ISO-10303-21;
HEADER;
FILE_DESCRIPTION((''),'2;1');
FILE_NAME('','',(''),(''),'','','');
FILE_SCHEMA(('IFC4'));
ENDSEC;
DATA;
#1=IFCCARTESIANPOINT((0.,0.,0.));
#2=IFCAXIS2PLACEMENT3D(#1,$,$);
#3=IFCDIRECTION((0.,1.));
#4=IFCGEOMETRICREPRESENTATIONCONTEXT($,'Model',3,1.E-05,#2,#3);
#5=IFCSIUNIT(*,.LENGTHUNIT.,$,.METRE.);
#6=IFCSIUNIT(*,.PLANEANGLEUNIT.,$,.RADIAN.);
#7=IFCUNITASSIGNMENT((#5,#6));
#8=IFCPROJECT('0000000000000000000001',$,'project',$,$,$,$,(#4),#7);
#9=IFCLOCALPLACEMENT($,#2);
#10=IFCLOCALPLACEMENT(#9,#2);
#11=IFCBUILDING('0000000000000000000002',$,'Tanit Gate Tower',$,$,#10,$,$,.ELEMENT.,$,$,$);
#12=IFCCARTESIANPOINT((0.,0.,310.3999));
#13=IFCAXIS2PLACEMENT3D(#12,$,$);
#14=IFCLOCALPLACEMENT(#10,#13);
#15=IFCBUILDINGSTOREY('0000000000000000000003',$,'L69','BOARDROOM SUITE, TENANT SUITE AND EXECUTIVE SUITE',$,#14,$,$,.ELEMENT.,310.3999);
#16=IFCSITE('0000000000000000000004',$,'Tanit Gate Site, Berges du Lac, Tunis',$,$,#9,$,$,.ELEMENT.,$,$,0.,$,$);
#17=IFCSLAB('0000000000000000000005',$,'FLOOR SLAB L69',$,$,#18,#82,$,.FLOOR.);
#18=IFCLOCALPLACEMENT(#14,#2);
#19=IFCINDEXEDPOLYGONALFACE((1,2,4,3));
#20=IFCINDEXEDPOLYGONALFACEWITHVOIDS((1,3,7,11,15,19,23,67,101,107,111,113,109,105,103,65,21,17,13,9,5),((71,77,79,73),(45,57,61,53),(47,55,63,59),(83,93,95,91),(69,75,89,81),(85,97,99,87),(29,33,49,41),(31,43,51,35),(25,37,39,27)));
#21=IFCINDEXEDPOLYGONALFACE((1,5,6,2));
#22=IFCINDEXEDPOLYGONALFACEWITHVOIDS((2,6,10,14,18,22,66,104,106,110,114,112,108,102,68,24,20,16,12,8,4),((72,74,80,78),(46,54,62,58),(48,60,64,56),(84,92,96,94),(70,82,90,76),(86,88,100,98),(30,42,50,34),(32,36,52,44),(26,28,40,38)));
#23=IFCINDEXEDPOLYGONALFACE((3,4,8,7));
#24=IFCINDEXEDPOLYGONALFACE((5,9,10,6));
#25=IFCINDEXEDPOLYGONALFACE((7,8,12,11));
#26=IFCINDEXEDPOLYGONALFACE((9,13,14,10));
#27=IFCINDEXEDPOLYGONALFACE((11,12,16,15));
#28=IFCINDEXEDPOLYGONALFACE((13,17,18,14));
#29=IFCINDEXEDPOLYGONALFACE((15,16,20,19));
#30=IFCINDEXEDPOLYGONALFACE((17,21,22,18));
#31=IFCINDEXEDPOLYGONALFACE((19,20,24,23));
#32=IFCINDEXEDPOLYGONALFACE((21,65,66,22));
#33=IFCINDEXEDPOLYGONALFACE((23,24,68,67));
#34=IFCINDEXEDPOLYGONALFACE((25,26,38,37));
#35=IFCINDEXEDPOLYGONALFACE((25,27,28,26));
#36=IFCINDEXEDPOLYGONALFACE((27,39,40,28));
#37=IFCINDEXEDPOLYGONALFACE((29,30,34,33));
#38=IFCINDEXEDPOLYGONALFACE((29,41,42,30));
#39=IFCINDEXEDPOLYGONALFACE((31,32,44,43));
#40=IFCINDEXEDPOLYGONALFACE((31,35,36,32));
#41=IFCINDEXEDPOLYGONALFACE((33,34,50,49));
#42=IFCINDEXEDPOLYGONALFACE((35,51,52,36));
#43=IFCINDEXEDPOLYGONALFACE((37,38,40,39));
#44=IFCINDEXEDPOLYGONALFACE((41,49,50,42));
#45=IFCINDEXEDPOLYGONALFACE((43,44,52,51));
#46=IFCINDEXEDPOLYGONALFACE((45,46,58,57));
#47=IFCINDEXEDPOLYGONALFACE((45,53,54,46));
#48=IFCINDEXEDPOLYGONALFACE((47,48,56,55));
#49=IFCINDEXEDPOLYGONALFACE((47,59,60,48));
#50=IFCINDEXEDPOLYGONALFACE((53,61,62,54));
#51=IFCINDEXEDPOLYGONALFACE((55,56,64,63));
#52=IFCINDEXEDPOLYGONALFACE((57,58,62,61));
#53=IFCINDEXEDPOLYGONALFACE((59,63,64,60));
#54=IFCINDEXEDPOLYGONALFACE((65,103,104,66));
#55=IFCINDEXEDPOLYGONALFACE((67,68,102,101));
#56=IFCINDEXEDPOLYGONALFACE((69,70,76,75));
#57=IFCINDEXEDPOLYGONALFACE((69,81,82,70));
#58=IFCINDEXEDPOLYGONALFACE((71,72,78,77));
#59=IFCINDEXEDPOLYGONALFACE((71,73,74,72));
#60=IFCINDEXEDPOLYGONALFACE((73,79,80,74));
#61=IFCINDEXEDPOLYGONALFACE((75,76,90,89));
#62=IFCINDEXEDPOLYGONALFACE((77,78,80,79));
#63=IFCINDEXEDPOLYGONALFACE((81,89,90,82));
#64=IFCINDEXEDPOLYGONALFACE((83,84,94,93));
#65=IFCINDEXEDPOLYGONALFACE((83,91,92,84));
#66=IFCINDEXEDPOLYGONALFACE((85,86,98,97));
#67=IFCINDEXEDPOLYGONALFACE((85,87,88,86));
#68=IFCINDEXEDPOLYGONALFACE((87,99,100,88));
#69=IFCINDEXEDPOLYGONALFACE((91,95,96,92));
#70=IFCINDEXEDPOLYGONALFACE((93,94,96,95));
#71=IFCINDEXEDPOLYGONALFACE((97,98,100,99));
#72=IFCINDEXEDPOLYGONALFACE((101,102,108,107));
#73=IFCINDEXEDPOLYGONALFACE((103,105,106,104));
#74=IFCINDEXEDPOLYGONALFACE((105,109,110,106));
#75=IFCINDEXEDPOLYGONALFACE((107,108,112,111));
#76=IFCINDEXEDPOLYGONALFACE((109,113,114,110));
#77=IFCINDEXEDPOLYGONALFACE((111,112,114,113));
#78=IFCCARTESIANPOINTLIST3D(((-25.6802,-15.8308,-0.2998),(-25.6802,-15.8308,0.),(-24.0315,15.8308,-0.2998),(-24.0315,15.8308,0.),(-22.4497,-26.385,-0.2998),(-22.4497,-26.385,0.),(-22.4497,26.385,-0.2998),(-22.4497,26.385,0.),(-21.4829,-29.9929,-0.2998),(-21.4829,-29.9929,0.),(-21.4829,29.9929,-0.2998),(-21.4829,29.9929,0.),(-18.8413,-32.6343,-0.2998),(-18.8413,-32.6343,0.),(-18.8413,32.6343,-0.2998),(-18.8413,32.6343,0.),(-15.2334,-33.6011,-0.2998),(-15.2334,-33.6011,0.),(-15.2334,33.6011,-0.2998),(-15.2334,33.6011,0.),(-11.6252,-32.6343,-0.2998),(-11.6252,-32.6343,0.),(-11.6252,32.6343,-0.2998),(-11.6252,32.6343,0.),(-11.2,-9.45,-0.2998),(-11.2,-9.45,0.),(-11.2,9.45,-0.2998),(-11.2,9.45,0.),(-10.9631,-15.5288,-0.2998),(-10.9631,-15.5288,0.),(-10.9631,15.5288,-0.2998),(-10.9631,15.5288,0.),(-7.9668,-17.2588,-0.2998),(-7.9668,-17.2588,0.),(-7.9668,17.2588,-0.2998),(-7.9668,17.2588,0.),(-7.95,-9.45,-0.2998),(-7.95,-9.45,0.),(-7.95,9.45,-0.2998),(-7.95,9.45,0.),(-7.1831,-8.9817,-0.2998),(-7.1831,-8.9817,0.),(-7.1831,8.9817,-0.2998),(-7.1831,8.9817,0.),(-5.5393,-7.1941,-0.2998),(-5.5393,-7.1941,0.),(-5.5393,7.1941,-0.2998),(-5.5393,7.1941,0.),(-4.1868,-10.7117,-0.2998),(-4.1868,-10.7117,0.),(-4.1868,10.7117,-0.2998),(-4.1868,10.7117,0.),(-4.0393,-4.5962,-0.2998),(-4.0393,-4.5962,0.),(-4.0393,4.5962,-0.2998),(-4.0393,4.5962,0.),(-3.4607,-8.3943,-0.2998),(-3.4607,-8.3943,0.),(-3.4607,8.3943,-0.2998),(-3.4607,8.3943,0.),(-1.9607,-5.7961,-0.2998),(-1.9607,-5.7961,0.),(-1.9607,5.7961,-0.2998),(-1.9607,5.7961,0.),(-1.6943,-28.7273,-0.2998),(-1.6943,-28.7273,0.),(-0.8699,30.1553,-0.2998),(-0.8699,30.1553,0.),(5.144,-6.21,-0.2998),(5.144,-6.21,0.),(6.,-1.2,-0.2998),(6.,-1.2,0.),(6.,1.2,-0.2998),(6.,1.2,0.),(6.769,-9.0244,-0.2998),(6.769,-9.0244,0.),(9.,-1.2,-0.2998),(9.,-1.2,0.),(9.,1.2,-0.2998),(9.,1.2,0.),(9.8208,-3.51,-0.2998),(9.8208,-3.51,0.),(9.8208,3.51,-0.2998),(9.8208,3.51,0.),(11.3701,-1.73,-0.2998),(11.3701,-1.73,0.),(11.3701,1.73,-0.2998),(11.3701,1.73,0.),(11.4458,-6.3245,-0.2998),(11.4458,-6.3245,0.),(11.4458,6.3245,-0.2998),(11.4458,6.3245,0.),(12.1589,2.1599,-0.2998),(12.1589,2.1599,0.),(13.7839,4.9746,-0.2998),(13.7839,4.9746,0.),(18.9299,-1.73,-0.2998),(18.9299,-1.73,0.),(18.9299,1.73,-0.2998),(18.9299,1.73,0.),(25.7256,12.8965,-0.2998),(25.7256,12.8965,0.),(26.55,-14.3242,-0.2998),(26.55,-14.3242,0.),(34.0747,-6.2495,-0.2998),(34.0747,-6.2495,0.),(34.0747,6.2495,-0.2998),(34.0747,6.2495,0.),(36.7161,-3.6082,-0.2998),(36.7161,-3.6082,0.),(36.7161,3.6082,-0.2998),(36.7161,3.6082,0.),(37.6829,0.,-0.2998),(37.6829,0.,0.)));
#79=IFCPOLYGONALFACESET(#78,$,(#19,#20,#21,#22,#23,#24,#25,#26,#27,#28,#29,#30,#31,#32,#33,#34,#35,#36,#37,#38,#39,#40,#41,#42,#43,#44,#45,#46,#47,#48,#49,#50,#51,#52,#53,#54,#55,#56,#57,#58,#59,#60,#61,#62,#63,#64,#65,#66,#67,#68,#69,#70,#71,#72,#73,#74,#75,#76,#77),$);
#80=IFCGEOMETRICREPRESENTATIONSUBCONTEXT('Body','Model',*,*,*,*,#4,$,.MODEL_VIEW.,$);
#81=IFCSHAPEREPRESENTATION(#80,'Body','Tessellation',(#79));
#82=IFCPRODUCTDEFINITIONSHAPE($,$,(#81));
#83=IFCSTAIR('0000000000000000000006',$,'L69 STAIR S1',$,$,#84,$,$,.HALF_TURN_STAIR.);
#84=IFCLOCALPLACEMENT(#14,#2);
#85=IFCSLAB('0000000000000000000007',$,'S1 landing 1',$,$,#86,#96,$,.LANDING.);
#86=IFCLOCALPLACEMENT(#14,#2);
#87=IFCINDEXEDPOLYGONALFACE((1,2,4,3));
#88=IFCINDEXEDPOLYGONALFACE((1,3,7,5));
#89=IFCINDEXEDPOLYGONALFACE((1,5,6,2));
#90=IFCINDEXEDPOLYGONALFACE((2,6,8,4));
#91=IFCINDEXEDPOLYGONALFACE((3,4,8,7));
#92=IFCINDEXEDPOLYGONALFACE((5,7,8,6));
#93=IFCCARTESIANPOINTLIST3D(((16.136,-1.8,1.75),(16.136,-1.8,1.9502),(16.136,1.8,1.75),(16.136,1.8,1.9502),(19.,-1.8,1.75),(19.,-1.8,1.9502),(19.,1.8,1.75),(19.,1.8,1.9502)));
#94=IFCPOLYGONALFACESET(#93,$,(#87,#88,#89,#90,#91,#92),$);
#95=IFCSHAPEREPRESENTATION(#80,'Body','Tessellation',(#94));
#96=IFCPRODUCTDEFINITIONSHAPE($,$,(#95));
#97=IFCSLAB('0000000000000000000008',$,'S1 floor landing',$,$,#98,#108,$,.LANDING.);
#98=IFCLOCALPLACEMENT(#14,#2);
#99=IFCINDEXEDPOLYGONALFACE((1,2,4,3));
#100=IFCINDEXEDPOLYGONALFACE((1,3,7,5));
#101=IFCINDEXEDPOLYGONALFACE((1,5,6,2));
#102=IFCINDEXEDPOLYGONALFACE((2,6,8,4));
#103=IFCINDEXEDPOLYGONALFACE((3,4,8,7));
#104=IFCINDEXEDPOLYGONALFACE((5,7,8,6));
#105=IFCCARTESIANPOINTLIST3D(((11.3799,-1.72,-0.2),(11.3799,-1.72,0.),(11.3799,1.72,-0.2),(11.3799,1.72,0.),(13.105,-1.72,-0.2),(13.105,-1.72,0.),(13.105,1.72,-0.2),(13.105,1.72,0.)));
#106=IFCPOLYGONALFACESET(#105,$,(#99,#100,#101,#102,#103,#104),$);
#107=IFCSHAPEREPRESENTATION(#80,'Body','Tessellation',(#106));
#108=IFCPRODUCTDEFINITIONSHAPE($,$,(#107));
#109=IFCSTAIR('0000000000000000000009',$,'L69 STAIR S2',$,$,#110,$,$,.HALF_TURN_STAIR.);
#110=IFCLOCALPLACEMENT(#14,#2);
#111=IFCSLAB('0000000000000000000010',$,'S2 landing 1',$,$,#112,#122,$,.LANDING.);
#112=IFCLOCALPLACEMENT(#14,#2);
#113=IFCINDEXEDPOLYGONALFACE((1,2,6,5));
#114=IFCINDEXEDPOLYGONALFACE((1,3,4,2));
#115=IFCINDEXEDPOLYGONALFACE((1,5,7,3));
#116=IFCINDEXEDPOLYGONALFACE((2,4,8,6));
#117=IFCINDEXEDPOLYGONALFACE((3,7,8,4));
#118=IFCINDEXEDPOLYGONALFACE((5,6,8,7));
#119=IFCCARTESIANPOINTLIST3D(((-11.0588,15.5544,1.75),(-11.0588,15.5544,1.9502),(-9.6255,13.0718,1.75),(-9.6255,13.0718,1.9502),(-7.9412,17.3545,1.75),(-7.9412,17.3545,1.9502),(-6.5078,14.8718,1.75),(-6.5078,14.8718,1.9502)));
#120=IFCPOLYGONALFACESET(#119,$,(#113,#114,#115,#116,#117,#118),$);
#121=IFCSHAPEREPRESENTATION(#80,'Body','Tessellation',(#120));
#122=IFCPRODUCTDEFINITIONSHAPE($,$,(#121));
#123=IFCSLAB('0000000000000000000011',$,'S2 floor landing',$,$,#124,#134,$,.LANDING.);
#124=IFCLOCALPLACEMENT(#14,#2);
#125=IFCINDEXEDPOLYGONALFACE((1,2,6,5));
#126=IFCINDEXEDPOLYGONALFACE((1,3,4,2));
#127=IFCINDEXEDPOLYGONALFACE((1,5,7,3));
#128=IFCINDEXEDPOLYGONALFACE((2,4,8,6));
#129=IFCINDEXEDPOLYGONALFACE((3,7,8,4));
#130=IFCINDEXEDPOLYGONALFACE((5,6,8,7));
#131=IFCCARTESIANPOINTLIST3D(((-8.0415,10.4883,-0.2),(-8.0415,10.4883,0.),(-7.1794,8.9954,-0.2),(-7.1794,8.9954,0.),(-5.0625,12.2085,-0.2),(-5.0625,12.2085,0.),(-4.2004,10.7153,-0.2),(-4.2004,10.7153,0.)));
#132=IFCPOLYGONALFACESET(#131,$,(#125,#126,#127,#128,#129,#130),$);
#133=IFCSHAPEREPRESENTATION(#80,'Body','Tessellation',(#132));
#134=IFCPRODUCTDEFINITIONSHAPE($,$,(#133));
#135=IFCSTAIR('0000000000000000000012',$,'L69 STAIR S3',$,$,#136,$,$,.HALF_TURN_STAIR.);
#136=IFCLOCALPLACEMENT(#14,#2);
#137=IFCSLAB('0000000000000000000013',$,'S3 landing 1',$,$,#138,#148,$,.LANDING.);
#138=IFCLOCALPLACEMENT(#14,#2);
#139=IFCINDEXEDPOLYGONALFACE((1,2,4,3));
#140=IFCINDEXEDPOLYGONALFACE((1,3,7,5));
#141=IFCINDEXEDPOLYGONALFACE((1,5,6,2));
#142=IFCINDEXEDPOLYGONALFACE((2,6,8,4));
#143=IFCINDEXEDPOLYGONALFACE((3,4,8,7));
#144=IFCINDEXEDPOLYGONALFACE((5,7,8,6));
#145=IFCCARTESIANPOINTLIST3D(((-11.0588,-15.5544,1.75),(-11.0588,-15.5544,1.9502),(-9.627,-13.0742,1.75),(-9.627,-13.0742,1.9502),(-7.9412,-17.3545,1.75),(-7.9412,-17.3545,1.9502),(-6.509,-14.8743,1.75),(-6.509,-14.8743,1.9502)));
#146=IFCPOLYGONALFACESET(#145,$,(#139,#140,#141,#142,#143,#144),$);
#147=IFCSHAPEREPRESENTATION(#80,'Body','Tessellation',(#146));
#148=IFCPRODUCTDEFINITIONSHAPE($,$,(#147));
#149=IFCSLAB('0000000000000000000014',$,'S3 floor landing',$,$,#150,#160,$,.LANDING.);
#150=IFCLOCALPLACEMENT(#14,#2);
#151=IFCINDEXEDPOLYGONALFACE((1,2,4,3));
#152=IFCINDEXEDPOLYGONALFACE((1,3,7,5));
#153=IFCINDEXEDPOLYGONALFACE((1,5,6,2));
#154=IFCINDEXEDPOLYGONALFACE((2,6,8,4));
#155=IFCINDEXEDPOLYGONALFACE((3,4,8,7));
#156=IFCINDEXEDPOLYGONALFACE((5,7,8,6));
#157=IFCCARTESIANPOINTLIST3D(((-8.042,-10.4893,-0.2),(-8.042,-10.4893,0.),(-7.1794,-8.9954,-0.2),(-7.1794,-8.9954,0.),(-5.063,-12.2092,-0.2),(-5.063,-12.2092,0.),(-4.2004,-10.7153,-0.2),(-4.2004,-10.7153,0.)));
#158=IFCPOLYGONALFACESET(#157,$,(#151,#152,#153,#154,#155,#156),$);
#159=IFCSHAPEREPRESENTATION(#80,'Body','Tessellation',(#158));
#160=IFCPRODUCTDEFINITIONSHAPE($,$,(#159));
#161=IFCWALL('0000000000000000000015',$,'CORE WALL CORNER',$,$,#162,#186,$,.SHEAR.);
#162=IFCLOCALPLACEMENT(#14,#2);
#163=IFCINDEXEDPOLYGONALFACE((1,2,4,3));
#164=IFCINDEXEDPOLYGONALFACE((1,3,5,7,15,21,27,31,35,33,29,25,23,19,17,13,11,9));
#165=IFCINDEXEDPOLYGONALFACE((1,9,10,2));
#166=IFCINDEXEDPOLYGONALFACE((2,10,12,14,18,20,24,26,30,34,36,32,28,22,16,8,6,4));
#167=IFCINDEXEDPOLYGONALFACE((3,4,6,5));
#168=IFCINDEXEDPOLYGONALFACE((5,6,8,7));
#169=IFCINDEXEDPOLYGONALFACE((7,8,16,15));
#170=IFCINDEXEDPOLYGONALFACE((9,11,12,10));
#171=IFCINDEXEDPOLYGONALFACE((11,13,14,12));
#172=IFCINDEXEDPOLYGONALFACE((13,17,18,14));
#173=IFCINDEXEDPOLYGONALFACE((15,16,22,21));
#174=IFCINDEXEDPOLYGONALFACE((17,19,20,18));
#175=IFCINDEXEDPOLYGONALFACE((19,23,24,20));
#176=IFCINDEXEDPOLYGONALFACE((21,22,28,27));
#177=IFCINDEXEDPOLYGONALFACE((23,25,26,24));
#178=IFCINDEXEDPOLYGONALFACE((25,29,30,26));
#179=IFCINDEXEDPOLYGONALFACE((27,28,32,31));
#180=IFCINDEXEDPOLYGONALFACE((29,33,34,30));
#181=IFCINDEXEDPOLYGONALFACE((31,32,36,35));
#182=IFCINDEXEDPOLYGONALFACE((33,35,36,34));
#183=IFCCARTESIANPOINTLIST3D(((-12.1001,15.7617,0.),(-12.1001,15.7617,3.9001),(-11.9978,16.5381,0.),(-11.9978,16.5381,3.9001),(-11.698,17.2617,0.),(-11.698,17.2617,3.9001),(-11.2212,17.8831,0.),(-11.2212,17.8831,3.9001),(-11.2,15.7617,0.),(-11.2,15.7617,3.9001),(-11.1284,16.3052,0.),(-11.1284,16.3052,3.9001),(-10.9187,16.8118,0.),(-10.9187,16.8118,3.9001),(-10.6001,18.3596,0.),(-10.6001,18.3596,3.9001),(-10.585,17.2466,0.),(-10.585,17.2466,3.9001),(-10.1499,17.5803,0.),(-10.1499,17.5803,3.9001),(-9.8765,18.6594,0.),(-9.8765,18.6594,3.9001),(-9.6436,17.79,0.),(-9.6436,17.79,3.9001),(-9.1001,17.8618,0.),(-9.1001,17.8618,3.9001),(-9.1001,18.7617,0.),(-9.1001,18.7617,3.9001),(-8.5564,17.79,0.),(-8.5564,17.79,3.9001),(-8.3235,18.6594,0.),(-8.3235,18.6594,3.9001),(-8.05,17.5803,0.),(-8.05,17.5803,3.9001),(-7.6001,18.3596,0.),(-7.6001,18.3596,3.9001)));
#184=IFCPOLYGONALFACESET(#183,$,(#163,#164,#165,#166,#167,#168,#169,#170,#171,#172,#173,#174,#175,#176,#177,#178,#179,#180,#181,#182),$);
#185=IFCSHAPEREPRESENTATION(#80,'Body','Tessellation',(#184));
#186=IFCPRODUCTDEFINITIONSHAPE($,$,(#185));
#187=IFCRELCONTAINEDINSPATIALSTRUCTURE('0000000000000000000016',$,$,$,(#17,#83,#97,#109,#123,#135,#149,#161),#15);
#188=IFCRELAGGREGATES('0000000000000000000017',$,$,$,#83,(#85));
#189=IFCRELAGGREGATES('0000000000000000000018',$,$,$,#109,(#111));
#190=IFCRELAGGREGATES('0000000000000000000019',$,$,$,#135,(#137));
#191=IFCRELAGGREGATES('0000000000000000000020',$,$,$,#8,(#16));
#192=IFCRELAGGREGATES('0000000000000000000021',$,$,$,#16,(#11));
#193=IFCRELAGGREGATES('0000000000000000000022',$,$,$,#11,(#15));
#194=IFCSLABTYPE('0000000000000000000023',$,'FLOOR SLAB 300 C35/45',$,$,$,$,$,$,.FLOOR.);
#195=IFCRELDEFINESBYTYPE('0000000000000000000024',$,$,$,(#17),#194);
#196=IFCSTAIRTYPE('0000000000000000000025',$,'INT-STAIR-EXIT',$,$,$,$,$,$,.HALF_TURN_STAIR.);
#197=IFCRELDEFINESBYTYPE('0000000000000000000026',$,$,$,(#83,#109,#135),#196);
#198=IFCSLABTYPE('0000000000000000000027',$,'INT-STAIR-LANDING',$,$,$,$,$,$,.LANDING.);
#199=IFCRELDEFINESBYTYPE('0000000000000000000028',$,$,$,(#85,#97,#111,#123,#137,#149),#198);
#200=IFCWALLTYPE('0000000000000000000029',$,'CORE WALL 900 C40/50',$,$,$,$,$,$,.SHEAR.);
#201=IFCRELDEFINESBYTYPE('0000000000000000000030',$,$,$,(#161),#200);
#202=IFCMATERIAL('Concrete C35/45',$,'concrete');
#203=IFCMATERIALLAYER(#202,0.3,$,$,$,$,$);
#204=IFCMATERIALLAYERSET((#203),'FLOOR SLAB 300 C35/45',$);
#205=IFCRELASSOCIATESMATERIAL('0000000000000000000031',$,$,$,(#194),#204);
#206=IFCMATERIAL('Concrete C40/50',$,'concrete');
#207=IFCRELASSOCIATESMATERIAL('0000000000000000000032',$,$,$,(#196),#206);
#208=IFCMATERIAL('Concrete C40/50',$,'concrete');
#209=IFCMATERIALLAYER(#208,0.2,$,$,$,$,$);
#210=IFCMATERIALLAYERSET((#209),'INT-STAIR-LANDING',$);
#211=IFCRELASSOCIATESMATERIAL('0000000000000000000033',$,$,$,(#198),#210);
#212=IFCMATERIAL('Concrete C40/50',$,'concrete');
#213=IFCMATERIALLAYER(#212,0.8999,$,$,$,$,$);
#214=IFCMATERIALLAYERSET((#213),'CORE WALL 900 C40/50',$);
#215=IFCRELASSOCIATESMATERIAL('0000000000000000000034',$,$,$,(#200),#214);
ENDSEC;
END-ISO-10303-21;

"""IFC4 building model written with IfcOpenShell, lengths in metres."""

from ifc_helpers import new_model, si_unit, direction, frame, origin, place, context, subcontext, project, spatial, polyline, outline, extrude, material, layer, layer_set, type_object, element, aggregate, save


model = new_model("IFC4")

# Units and contexts
model_context = context("Model", 3, precision=1e-05, world=origin(), true_north=direction((0.0, 1.0)))
body_context = subcontext(model_context, "Body", "Model", "MODEL_VIEW")
ifc_project = project(units=[si_unit("LENGTHUNIT", "METRE"), si_unit("PLANEANGLEUNIT", "RADIAN")], contexts=[model_context])

# Site, building, storey
site_placement = place(None, origin())
site = spatial("IfcSite", under=ifc_project, at=site_placement, Name="Tanit Gate Site, Berges du Lac, Tunis", CompositionType="ELEMENT", RefElevation=0.0)
building_placement = place(site_placement, origin())
building = spatial("IfcBuilding", under=site, at=building_placement, Name="Tanit Gate Tower", CompositionType="ELEMENT")
storey_placement = place(building_placement, frame((0.0, 0.0, 310.3999)))
storey = spatial("IfcBuildingStorey", under=building, at=storey_placement, Name="L69", Description="BOARDROOM SUITE, TENANT SUITE AND EXECUTIVE SUITE", CompositionType="ELEMENT", Elevation=310.3999)

# Slab
ifc_material_1 = material(Name="Concrete C35/45", Category="concrete")
ifc_layer_1 = layer(ifc_material_1, 0.3)
ifc_layer_set_1 = layer_set([ifc_layer_1], Name="FLOOR SLAB 300 C35/45")
slab_type_1 = type_object("IfcSlabType", Name="FLOOR SLAB 300 C35/45", PredefinedType="FLOOR", material=ifc_layer_set_1)
slab_1_placement = place(storey_placement, frame((0.0, 0.0, -0.2998)))
element("IfcSlab", 1, at=slab_1_placement, inside=storey, type_object=slab_type_1, Name="FLOOR SLAB L69", PredefinedType="FLOOR", context=body_context, shape_type="SweptSolid", body=[
    extrude(outline(polyline([(34.0747, 6.2495), (36.7161, 3.6082), (37.6829, 0.0), (36.7161, -3.6082), (34.0747, -6.2495), (26.55, -14.3242), (-1.6943, -28.7273), (-11.6252, -32.6343), (-15.2334, -33.6011), (-18.8413, -32.6343), (-21.4829, -29.9929), (-22.4497, -26.385), (-25.6802, -15.8308), (-24.0315, 15.8308), (-22.4497, 26.385), (-21.4829, 29.9929), (-18.8413, 32.6343), (-15.2334, 33.6011), (-11.6252, 32.6343), (-0.8699, 30.1553), (25.7256, 12.8965), (34.0747, 6.2495)]), holes=[polyline([(11.3701, 1.73), (18.9299, 1.73), (18.9299, -1.73), (11.3701, -1.73), (11.3701, 1.73)]), polyline([(12.1589, 2.1599), (9.8208, 3.51), (11.4458, 6.3245), (13.7839, 4.9746), (12.1589, 2.1599)]), polyline([(11.4458, -6.3245), (6.769, -9.0244), (5.144, -6.21), (9.8208, -3.51), (11.4458, -6.3245)]), polyline([(6.0, 1.2), (9.0, 1.2), (9.0, -1.2), (6.0, -1.2), (6.0, 1.2)]), polyline([(-4.0393, 4.5962), (-5.5393, 7.1941), (-3.4607, 8.3943), (-1.9607, 5.7961), (-4.0393, 4.5962)]), polyline([(-1.9607, -5.7961), (-3.4607, -8.3943), (-5.5393, -7.1941), (-4.0393, -4.5962), (-1.9607, -5.7961)]), polyline([(-7.1831, 8.9817), (-10.9631, 15.5288), (-7.9668, 17.2588), (-4.1868, 10.7117), (-7.1831, 8.9817)]), polyline([(-4.1868, -10.7117), (-7.9668, -17.2588), (-10.9631, -15.5288), (-7.1831, -8.9817), (-4.1868, -10.7117)]), polyline([(-11.2, -9.45), (-11.2, 9.45), (-7.95, 9.45), (-7.95, -9.45), (-11.2, -9.45)])]), origin(), (0.0, 0.0, 1.0), 0.2998),
])

# Stair, slab
ifc_material_2 = material(Name="Concrete C40/50", Category="concrete")
stair_type = type_object("IfcStairType", Name="INT-STAIR-EXIT", PredefinedType="HALF_TURN_STAIR", material=ifc_material_2)
stair_1_placement = place(storey_placement, origin())
stair_1 = element("IfcStair", 2, at=stair_1_placement, inside=storey, type_object=stair_type, Name="L69 STAIR S1", PredefinedType="HALF_TURN_STAIR")
ifc_material_3 = material(Name="Concrete C40/50", Category="concrete")
ifc_layer_2 = layer(ifc_material_3, 0.2)
ifc_layer_set_2 = layer_set([ifc_layer_2], Name="INT-STAIR-LANDING")
slab_type_2 = type_object("IfcSlabType", Name="INT-STAIR-LANDING", PredefinedType="LANDING", material=ifc_layer_set_2)
slab_2_placement = place(storey_placement, frame((0.0, 0.0, 1.75)))
slab_2 = element("IfcSlab", 3, at=slab_2_placement, type_object=slab_type_2, Name="S1 landing 1", PredefinedType="LANDING", context=body_context, shape_type="SweptSolid", body=[
    extrude(outline(polyline([(16.136, -1.8), (19.0, -1.8), (19.0, 1.8), (16.136, 1.8), (16.136, -1.8)])), origin(), (0.0, 0.0, 1.0), 0.2002),
])
aggregate(stair_1, [slab_2])

# Slab
slab_3_placement = place(storey_placement, frame((0.0, 0.0, -0.2)))
element("IfcSlab", 4, at=slab_3_placement, inside=storey, type_object=slab_type_2, Name="S1 floor landing", PredefinedType="LANDING", context=body_context, shape_type="SweptSolid", body=[
    extrude(outline(polyline([(11.3799, -1.72), (13.105, -1.72), (13.105, 1.72), (11.3799, 1.72), (11.3799, -1.72)])), origin(), (0.0, 0.0, 1.0), 0.2),
])

# Stair, slab
stair_2_placement = place(storey_placement, origin())
stair_2 = element("IfcStair", 5, at=stair_2_placement, inside=storey, type_object=stair_type, Name="L69 STAIR S2", PredefinedType="HALF_TURN_STAIR")
slab_4_placement = place(storey_placement, frame((0.0, 0.0, 1.75)))
slab_4 = element("IfcSlab", 6, at=slab_4_placement, type_object=slab_type_2, Name="S2 landing 1", PredefinedType="LANDING", context=body_context, shape_type="SweptSolid", body=[
    extrude(outline(polyline([(-6.5078, 14.8718), (-7.9412, 17.3545), (-11.0588, 15.5544), (-9.6255, 13.0718), (-6.5078, 14.8718)])), origin(), (0.0, 0.0, 1.0), 0.2002),
])
aggregate(stair_2, [slab_4])

# Slab
slab_5_placement = place(storey_placement, frame((0.0, 0.0, -0.2)))
element("IfcSlab", 7, at=slab_5_placement, inside=storey, type_object=slab_type_2, Name="S2 floor landing", PredefinedType="LANDING", context=body_context, shape_type="SweptSolid", body=[
    extrude(outline(polyline([(-4.2004, 10.7153), (-5.0625, 12.2085), (-8.0415, 10.4883), (-7.1794, 8.9954), (-4.2004, 10.7153)])), origin(), (0.0, 0.0, 1.0), 0.2),
])

# Stair, slab
stair_3_placement = place(storey_placement, origin())
stair_3 = element("IfcStair", 8, at=stair_3_placement, inside=storey, type_object=stair_type, Name="L69 STAIR S3", PredefinedType="HALF_TURN_STAIR")
slab_6_placement = place(storey_placement, frame((0.0, 0.0, 1.75)))
slab_6 = element("IfcSlab", 9, at=slab_6_placement, type_object=slab_type_2, Name="S3 landing 1", PredefinedType="LANDING", context=body_context, shape_type="SweptSolid", body=[
    extrude(outline(polyline([(-9.627, -13.0742), (-11.0588, -15.5544), (-7.9412, -17.3545), (-6.509, -14.8743), (-9.627, -13.0742)])), origin(), (0.0, 0.0, 1.0), 0.2002),
])
aggregate(stair_3, [slab_6])

# Slab
slab_7_placement = place(storey_placement, frame((0.0, 0.0, -0.2)))
element("IfcSlab", 10, at=slab_7_placement, inside=storey, type_object=slab_type_2, Name="S3 floor landing", PredefinedType="LANDING", context=body_context, shape_type="SweptSolid", body=[
    extrude(outline(polyline([(-7.1794, -8.9954), (-8.042, -10.4893), (-5.063, -12.2092), (-4.2004, -10.7153), (-7.1794, -8.9954)])), origin(), (0.0, 0.0, 1.0), 0.2),
])

# Wall
ifc_material_4 = material(Name="Concrete C40/50", Category="concrete")
ifc_layer_3 = layer(ifc_material_4, 0.8999)
ifc_layer_set_3 = layer_set([ifc_layer_3], Name="CORE WALL 900 C40/50")
wall_type_1 = type_object("IfcWallType", Name="CORE WALL 900 C40/50", PredefinedType="SHEAR", material=ifc_layer_set_3)
wall_1_placement = place(storey_placement, origin())
element("IfcWall", 11, at=wall_1_placement, inside=storey, type_object=wall_type_1, Name="CORE WALL CORNER", PredefinedType="SHEAR", context=body_context, shape_type="SweptSolid", body=[
    extrude(outline(polyline([(-7.6001, 18.3596), (-8.3235, 18.6594), (-9.1001, 18.7617), (-9.8765, 18.6594), (-10.6001, 18.3596), (-11.2212, 17.8831), (-11.698, 17.2617), (-11.9978, 16.5381), (-12.1001, 15.7617), (-11.2, 15.7617), (-11.1284, 16.3052), (-10.9187, 16.8118), (-10.585, 17.2466), (-10.1499, 17.5803), (-9.6436, 17.79), (-9.1001, 17.8618), (-8.5564, 17.79), (-8.05, 17.5803), (-7.6001, 18.3596)])), origin(), (0.0, 0.0, 1.0), 3.9001),
])

save(model, "model.ifc")
